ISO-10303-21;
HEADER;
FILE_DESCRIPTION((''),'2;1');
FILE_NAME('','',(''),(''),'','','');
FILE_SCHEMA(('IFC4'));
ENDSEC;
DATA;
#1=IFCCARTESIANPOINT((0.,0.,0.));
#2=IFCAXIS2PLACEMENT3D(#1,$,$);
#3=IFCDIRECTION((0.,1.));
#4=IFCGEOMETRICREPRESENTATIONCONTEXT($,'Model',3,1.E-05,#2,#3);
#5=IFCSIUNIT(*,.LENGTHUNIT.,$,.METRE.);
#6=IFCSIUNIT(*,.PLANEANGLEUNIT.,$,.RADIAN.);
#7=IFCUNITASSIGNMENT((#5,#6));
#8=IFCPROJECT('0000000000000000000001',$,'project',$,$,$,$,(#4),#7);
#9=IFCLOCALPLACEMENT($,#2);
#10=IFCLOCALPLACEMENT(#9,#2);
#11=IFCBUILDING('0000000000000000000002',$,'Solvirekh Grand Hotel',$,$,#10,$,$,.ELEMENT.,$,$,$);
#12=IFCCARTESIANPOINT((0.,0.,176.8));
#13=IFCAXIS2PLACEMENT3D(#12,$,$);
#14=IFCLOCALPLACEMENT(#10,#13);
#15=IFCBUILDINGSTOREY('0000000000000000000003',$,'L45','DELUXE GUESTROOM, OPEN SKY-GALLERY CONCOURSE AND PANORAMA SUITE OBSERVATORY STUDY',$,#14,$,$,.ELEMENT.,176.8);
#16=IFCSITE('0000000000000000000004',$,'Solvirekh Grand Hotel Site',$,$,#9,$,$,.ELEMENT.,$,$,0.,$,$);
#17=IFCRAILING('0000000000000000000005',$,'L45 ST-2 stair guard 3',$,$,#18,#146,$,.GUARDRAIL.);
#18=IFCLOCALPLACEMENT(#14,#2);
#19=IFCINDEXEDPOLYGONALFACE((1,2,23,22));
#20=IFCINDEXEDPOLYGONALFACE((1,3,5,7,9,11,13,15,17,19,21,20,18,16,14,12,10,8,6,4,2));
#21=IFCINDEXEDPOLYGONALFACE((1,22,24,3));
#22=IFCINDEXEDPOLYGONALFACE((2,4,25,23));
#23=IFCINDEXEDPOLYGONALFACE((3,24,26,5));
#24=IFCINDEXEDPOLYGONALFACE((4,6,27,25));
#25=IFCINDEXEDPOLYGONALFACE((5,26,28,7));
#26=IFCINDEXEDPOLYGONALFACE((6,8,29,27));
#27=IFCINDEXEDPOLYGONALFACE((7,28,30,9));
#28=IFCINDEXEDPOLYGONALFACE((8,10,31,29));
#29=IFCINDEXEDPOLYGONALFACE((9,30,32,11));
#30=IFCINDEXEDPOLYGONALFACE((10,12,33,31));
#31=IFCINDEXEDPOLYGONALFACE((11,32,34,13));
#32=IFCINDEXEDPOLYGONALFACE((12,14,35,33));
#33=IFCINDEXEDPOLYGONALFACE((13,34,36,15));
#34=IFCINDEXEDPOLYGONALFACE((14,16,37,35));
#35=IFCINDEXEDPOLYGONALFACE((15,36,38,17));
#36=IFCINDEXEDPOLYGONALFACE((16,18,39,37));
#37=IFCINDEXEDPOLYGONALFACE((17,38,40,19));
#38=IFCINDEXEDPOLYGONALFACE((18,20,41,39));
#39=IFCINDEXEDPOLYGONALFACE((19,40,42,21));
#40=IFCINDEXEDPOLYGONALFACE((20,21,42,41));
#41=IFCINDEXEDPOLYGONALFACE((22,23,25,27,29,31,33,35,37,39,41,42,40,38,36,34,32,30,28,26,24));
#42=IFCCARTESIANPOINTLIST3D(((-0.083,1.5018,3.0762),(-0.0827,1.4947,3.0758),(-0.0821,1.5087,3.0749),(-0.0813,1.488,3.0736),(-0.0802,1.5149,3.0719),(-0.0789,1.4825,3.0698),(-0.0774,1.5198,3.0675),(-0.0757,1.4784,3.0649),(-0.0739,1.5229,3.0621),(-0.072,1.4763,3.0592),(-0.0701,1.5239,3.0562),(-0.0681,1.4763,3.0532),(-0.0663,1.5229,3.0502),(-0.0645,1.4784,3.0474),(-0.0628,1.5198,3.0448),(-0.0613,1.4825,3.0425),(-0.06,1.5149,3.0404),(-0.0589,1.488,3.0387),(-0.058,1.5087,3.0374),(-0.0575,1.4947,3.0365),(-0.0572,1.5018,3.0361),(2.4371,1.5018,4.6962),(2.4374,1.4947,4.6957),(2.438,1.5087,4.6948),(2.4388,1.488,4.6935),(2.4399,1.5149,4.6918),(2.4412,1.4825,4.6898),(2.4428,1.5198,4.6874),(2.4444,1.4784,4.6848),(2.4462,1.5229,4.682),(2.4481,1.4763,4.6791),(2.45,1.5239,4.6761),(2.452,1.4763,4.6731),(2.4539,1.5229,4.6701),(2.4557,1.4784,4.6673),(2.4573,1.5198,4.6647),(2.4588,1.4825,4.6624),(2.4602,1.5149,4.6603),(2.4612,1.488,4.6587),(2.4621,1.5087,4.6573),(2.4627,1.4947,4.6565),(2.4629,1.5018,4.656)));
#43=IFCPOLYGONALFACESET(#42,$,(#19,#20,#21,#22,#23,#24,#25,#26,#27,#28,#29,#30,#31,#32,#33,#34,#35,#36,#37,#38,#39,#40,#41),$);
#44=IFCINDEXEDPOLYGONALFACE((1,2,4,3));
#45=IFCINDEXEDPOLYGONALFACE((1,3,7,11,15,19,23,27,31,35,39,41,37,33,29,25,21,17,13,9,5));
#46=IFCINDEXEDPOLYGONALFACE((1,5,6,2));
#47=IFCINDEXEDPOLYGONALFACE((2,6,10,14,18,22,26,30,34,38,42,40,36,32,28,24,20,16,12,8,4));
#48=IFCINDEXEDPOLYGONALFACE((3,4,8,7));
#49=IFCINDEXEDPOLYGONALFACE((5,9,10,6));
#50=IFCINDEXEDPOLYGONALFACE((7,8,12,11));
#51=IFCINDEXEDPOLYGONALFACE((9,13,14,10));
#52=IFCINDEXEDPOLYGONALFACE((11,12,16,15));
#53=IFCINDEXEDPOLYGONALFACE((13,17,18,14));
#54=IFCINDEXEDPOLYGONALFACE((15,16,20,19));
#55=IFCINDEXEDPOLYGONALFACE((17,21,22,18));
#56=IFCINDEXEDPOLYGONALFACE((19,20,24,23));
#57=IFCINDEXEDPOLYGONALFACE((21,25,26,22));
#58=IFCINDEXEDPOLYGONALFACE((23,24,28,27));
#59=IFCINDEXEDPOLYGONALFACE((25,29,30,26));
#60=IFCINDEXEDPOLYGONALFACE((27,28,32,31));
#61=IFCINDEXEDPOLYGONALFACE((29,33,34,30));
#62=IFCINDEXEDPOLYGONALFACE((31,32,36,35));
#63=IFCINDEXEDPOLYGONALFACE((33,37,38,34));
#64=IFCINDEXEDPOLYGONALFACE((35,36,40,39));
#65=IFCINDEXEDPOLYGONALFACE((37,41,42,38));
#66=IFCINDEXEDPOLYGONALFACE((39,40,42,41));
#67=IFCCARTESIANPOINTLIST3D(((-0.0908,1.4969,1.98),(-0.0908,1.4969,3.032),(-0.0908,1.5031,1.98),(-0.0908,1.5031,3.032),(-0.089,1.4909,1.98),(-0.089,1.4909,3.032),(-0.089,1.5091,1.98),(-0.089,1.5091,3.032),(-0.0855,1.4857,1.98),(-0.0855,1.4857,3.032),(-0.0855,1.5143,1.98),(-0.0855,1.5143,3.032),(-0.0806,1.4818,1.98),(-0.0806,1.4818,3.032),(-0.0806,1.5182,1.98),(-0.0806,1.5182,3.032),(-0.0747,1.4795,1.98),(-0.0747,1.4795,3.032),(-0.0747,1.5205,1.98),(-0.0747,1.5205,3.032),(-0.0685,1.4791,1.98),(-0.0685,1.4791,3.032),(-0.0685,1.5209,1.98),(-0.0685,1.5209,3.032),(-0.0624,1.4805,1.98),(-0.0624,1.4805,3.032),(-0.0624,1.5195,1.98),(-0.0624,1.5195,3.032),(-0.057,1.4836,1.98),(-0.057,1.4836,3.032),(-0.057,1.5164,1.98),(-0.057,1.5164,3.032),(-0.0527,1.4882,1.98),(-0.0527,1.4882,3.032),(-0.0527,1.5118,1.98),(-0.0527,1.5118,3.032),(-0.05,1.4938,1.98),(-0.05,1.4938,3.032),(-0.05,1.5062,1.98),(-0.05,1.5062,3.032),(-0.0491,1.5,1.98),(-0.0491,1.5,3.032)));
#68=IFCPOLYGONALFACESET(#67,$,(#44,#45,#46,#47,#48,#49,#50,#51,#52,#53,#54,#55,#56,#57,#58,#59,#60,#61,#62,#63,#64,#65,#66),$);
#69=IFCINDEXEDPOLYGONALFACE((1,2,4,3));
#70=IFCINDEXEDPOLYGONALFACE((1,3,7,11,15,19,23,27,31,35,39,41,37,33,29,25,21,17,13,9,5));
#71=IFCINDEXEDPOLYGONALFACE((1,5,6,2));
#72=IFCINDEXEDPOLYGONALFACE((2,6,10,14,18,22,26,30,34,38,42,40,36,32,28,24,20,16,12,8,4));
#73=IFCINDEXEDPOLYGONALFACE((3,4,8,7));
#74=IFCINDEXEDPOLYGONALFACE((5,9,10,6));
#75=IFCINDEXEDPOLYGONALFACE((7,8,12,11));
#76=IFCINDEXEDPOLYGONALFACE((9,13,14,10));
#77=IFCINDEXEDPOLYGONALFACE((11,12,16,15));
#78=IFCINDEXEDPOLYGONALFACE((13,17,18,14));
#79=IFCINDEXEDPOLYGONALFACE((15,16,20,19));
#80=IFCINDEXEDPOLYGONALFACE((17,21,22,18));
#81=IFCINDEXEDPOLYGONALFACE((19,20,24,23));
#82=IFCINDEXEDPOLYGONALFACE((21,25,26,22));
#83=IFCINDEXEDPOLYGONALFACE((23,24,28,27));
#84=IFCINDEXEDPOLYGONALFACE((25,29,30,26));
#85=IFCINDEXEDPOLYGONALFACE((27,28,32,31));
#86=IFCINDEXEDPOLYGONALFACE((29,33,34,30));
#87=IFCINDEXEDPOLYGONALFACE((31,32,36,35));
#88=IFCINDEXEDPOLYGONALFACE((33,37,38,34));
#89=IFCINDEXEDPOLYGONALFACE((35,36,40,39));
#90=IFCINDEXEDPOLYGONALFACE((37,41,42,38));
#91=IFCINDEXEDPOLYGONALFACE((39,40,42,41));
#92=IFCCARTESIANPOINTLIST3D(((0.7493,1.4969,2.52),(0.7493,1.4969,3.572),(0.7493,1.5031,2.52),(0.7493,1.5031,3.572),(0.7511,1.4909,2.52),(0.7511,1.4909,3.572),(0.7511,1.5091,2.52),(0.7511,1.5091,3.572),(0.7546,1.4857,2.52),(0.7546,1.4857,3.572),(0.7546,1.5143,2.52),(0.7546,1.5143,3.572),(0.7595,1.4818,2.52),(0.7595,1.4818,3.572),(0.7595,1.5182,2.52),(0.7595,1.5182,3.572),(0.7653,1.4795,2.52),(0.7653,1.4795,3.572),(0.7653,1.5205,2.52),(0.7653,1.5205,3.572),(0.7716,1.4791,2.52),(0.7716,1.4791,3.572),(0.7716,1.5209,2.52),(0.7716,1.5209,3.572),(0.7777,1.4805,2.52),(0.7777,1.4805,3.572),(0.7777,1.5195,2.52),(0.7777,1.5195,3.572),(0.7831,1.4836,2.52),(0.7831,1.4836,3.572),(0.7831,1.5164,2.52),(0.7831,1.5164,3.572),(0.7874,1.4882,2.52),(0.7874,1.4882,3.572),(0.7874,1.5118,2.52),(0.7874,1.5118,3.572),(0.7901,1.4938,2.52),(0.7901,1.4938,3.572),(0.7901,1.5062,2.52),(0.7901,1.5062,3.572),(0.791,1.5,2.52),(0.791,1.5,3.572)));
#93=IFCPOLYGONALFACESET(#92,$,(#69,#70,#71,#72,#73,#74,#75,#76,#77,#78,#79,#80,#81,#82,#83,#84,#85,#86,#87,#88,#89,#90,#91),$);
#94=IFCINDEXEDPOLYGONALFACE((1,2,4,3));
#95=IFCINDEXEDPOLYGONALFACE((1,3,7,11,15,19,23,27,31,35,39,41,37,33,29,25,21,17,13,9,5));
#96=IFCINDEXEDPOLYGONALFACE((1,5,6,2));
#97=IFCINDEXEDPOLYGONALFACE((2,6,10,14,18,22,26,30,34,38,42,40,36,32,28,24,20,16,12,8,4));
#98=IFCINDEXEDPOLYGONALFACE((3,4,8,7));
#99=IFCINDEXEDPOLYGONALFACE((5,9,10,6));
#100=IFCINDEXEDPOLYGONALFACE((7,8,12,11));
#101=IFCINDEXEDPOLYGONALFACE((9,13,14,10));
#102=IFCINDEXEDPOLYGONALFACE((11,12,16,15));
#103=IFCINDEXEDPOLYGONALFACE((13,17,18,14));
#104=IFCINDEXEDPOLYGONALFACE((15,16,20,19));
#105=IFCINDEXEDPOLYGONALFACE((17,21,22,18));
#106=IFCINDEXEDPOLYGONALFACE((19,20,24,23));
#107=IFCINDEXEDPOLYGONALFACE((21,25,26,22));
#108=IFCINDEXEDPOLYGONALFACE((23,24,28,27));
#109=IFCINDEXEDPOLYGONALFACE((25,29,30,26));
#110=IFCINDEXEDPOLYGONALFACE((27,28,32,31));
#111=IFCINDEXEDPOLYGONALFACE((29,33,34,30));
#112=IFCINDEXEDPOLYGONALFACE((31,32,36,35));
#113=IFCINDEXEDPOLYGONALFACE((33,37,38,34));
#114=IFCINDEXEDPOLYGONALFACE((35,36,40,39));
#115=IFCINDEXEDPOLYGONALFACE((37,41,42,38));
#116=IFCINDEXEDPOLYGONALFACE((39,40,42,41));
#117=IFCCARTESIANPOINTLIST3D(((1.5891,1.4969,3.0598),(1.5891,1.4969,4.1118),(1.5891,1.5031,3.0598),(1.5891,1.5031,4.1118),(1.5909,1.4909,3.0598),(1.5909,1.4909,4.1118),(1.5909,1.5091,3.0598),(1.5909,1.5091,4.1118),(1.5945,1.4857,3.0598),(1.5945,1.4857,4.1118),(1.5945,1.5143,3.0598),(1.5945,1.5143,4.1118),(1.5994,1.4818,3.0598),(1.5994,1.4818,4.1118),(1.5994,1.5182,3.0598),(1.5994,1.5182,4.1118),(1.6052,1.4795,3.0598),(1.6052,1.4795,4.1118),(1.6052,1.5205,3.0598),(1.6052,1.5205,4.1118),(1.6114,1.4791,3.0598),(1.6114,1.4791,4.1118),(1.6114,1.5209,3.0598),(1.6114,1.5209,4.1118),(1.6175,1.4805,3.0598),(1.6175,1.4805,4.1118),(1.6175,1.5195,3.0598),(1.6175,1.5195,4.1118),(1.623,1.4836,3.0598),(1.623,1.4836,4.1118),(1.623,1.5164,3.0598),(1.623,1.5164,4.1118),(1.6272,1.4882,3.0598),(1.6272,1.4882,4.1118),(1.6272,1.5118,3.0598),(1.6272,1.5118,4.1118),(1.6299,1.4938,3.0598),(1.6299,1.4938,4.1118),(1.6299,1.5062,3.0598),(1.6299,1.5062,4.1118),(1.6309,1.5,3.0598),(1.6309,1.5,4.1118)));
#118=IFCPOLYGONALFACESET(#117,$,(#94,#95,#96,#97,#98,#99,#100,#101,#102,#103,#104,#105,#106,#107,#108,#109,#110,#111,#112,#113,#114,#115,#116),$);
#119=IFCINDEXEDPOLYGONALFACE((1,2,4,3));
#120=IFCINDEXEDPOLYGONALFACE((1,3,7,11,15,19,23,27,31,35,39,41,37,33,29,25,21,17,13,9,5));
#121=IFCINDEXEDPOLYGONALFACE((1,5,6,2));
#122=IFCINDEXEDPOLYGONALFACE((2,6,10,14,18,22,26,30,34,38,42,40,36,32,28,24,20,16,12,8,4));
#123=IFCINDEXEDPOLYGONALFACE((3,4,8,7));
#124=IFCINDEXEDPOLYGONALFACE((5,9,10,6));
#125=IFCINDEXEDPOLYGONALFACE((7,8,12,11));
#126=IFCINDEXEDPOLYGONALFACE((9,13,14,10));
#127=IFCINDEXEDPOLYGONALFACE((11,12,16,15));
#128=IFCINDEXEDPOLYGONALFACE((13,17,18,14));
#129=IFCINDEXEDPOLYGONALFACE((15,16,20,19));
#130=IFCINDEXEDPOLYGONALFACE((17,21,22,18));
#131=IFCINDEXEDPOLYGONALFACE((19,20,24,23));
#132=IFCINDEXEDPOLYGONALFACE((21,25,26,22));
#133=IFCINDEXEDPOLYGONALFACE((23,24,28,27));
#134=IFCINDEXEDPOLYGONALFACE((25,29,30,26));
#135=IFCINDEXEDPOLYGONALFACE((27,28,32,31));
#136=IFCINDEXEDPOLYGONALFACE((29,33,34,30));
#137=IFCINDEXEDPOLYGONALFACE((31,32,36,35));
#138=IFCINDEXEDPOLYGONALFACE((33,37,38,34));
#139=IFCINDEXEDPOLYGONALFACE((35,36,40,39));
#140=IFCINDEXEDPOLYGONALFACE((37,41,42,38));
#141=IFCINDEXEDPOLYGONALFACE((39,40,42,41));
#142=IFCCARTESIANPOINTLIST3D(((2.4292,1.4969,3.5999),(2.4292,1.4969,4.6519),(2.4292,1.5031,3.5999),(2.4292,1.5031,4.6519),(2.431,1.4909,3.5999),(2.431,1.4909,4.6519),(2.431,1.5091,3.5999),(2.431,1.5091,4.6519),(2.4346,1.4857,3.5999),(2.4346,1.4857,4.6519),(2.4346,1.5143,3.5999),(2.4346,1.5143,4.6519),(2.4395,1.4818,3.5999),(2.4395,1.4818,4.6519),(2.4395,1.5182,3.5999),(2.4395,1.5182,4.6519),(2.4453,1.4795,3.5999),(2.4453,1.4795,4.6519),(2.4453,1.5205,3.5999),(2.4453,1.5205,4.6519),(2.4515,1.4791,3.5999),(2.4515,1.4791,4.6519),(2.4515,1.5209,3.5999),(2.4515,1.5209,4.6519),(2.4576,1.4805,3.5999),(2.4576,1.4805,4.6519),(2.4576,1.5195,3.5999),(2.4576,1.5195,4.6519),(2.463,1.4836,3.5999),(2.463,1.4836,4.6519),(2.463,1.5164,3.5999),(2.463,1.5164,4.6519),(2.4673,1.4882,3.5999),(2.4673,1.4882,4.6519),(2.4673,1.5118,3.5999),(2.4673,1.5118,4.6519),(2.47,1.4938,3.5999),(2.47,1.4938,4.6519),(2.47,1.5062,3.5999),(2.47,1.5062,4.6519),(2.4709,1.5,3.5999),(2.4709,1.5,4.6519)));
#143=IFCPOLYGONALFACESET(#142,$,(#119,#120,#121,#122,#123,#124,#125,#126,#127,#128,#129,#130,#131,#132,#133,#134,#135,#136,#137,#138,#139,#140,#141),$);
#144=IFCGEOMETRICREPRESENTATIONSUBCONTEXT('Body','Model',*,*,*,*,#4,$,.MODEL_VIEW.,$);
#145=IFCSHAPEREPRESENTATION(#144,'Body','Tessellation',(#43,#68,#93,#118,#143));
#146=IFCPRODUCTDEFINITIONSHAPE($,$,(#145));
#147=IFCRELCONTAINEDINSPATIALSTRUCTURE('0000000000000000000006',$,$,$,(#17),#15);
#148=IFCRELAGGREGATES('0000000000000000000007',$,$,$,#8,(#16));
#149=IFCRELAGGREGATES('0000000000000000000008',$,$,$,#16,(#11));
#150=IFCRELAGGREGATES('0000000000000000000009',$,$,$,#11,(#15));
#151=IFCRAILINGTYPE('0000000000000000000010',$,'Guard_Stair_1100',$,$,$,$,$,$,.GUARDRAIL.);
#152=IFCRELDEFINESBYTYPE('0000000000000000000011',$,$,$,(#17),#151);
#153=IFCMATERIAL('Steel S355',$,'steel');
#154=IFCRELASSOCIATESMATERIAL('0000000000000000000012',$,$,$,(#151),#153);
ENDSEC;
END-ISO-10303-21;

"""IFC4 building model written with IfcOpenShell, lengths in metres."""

from ifc_helpers import new_model, si_unit, direction, frame, origin, origin_2d, place, context, subcontext, project, spatial, circle, extrude, material, type_object, element, save


model = new_model("IFC4")

# Units and contexts
model_context = context("Model", 3, precision=1e-05, world=origin(), true_north=direction((0.0, 1.0)))
body_context = subcontext(model_context, "Body", "Model", "MODEL_VIEW")
ifc_project = project(units=[si_unit("LENGTHUNIT", "METRE"), si_unit("PLANEANGLEUNIT", "RADIAN")], contexts=[model_context])

# Site, building, storey
site_placement = place(None, origin())
site = spatial("IfcSite", under=ifc_project, at=site_placement, Name="Solvirekh Grand Hotel Site", CompositionType="ELEMENT", RefElevation=0.0)
building_placement = place(site_placement, origin())
building = spatial("IfcBuilding", under=site, at=building_placement, Name="Solvirekh Grand Hotel", CompositionType="ELEMENT")
storey_placement = place(building_placement, frame((0.0, 0.0, 176.8)))
storey = spatial("IfcBuildingStorey", under=building, at=storey_placement, Name="L45", Description="DELUXE GUESTROOM, OPEN SKY-GALLERY CONCOURSE AND PANORAMA SUITE OBSERVATORY STUDY", CompositionType="ELEMENT", Elevation=176.8)

# Railing
ifc_material_1 = material(Name="Steel S355", Category="steel")
railing_type = type_object("IfcRailingType", Name="Guard_Stair_1100", PredefinedType="GUARDRAIL", material=ifc_material_1)
railing_1_placement = place(storey_placement, frame((-0.0701, 1.5, 1.98)))
element("IfcRailing", 1, at=railing_1_placement, inside=storey, type_object=railing_type, Name="L45 ST-2 stair guard 3", PredefinedType="GUARDRAIL", context=body_context, shape_type="SweptSolid", body=[
    extrude(circle(Radius=0.0239, at=origin_2d()), frame((0.0, 0.0, 1.0762), z_axis=(0.8412, 0.0, 0.540725), x_axis=(0.0, 1.0, 0.0)), (0.0, 0.0, 1.0), 2.9958),
    extrude(circle(Radius=0.021, at=origin_2d()), origin(), (0.0, 0.0, 1.0), 1.052),
    extrude(circle(Radius=0.021, at=origin_2d()), frame((0.8401, 0.0, 0.54)), (0.0, 0.0, 1.0), 1.052),
    extrude(circle(Radius=0.021, at=origin_2d()), frame((1.6799, 0.0, 1.0798)), (0.0, 0.0, 1.0), 1.052),
    extrude(circle(Radius=0.021, at=origin_2d()), frame((2.52, 0.0, 1.6199)), (0.0, 0.0, 1.0), 1.052),
])

save(model, "model.ifc")
